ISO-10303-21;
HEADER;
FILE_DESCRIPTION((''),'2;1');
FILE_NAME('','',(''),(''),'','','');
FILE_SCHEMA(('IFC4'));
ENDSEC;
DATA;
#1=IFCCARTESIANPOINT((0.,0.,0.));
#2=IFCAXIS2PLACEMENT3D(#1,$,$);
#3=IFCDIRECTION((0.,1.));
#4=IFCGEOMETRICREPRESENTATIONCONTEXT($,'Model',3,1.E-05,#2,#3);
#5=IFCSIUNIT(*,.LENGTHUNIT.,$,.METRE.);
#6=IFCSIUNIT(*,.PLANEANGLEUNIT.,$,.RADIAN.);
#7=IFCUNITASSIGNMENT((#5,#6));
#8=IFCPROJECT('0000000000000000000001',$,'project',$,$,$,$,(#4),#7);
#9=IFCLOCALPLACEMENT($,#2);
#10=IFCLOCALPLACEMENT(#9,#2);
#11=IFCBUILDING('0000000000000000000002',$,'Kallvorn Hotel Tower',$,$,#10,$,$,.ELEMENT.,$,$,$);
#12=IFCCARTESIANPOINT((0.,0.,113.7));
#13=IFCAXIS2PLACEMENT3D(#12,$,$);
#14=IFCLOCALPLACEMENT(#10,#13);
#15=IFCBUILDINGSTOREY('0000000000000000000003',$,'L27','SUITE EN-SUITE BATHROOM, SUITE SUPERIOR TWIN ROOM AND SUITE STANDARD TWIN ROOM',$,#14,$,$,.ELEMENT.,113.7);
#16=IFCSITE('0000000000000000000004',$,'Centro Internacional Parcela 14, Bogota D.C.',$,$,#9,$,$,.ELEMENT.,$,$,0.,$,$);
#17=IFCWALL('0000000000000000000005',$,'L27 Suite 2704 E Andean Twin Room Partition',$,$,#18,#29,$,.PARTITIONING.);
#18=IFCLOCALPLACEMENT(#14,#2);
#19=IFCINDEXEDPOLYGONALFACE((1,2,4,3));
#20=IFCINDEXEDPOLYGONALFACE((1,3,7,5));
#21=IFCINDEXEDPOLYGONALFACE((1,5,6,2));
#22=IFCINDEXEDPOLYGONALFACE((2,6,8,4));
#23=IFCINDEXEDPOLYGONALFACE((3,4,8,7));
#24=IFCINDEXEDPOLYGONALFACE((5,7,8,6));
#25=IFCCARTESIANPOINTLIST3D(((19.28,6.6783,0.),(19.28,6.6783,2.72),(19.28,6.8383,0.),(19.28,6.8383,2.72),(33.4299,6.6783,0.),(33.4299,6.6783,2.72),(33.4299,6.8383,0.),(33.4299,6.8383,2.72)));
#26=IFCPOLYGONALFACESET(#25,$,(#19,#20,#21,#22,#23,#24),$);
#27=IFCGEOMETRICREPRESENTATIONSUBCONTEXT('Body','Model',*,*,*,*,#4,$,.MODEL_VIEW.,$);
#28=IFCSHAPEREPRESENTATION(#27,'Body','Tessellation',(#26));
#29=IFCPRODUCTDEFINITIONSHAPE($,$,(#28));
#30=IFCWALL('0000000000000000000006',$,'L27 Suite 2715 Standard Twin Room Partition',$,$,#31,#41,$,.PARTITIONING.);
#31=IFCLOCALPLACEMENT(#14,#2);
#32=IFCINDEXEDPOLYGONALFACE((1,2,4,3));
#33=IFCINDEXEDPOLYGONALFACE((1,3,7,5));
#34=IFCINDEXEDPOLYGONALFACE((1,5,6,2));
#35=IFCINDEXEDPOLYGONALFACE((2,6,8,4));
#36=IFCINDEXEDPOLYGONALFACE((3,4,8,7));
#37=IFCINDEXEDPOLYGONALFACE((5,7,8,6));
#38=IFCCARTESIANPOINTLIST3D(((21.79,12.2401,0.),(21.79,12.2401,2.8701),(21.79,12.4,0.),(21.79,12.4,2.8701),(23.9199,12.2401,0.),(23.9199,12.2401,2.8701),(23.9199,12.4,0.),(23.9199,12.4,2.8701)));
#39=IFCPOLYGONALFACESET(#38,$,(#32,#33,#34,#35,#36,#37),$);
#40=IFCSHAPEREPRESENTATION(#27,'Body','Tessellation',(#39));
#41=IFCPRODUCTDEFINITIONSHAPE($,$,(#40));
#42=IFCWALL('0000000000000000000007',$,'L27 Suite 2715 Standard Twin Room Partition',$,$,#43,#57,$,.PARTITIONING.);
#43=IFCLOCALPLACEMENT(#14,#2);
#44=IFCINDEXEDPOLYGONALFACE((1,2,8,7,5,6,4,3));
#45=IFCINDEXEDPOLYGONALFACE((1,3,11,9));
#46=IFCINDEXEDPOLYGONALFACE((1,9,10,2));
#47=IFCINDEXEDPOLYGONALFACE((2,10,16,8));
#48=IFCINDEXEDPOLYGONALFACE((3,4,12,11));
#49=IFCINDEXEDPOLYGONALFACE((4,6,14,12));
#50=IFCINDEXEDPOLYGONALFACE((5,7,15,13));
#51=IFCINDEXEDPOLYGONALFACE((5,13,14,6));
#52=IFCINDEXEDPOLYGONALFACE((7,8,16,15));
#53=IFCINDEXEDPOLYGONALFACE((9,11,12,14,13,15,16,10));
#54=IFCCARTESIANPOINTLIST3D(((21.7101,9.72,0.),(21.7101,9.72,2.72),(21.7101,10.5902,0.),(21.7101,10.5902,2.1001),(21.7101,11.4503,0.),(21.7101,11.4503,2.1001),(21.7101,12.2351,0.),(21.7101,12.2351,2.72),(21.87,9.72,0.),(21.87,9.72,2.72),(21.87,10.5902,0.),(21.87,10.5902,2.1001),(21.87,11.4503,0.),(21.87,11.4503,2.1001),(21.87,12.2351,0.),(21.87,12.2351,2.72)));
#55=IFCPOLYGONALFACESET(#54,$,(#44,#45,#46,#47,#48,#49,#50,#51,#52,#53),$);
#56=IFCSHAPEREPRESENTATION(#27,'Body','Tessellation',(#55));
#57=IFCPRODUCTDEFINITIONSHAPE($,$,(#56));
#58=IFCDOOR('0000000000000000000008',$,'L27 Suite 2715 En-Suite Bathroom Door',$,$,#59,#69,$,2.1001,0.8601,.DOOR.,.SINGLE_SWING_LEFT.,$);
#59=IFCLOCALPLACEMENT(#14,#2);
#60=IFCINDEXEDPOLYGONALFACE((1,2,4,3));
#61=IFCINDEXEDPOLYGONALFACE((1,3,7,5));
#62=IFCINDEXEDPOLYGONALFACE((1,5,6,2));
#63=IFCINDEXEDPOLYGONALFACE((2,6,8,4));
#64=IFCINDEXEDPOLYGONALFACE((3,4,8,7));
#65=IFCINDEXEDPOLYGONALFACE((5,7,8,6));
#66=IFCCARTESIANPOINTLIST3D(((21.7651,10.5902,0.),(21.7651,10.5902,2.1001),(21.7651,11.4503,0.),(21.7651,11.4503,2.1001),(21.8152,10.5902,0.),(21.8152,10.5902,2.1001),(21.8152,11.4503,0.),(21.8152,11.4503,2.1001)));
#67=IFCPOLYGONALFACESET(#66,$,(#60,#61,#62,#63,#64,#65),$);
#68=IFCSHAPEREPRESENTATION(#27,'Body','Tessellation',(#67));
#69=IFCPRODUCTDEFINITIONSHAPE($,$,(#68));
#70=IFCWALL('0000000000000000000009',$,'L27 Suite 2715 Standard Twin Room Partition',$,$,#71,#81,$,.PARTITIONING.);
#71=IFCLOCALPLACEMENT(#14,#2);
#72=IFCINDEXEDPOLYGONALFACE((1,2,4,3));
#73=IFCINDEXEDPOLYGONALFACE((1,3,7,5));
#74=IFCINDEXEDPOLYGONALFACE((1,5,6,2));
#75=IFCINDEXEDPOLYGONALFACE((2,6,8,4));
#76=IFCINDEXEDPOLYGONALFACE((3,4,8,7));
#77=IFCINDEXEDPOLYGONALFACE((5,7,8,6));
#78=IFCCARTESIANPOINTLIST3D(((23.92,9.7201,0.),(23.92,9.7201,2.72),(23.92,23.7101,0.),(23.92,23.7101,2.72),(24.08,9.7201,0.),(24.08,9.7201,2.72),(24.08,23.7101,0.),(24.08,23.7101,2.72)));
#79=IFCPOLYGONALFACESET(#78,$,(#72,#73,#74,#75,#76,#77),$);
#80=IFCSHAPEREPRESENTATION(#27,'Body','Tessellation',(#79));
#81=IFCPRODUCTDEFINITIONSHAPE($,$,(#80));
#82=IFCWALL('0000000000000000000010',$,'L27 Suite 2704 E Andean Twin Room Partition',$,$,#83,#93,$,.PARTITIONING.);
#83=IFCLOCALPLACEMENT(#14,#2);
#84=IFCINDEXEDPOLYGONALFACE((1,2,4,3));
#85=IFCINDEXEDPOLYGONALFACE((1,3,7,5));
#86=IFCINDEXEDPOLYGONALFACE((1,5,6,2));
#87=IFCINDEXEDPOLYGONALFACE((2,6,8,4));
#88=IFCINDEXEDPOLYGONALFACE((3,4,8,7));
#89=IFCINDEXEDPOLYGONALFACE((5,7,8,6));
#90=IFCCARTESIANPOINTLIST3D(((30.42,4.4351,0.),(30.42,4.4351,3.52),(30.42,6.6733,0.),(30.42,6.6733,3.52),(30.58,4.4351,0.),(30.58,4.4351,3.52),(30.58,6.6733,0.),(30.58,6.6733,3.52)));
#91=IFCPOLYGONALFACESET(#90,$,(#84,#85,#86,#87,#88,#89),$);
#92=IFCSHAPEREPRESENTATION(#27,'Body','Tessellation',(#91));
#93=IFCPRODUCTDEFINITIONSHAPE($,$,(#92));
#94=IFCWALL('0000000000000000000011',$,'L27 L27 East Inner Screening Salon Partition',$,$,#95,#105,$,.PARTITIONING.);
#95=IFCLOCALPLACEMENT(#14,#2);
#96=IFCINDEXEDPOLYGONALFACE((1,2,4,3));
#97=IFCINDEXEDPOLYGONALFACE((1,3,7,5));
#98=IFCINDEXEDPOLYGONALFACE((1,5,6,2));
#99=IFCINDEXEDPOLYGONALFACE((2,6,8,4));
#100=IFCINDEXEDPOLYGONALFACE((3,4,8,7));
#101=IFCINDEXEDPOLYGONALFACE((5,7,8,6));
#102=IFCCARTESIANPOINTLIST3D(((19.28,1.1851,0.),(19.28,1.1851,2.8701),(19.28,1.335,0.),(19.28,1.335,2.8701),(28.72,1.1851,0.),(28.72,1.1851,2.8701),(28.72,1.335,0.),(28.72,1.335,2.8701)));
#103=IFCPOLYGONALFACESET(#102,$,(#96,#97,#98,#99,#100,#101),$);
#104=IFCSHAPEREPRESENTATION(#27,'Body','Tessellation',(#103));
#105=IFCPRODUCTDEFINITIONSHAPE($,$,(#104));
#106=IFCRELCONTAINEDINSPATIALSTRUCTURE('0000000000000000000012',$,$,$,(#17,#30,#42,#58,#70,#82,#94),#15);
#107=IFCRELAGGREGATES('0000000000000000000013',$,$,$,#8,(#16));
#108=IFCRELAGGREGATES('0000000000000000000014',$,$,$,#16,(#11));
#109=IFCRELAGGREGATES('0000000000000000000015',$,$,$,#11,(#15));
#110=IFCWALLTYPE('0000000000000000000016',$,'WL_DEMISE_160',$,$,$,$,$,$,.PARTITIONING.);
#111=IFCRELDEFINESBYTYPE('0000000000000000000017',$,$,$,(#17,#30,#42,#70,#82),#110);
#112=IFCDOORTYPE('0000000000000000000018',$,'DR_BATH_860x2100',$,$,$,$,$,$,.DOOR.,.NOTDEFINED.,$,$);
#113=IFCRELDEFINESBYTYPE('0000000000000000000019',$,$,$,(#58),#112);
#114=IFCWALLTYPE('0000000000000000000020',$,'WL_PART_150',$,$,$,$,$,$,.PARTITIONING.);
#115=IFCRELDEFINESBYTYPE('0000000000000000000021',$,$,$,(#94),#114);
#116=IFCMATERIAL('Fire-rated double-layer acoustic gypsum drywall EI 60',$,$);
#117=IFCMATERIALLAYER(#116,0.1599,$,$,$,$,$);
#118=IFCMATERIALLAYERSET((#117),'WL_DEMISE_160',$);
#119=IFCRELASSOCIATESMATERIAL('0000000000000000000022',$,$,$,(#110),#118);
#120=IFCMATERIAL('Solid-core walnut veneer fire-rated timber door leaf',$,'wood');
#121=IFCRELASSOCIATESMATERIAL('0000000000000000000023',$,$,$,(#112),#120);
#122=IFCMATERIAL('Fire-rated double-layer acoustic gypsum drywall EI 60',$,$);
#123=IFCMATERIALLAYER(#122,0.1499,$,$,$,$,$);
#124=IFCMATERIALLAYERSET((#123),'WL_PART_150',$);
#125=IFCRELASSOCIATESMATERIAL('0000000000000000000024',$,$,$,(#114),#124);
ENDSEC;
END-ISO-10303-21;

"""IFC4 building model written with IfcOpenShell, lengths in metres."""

from ifc_helpers import new_model, si_unit, direction, frame, frame_2d, origin, place, context, subcontext, project, spatial, rectangle, extrude, material, layer, layer_set, type_object, element, fill, save


model = new_model("IFC4")

# Units and contexts
model_context = context("Model", 3, precision=1e-05, world=origin(), true_north=direction((0.0, 1.0)))
body_context = subcontext(model_context, "Body", "Model", "MODEL_VIEW")
ifc_project = project(units=[si_unit("LENGTHUNIT", "METRE"), si_unit("PLANEANGLEUNIT", "RADIAN")], contexts=[model_context])

# Site, building, storey
site_placement = place(None, origin())
site = spatial("IfcSite", under=ifc_project, at=site_placement, Name="Centro Internacional Parcela 14, Bogota D.C.", CompositionType="ELEMENT", RefElevation=0.0)
building_placement = place(site_placement, origin())
building = spatial("IfcBuilding", under=site, at=building_placement, Name="Kallvorn Hotel Tower", CompositionType="ELEMENT")
storey_placement = place(building_placement, frame((0.0, 0.0, 113.7)))
storey = spatial("IfcBuildingStorey", under=building, at=storey_placement, Name="L27", Description="SUITE EN-SUITE BATHROOM, SUITE SUPERIOR TWIN ROOM AND SUITE STANDARD TWIN ROOM", CompositionType="ELEMENT", Elevation=113.7)

# Shared definitions
ifc_material_1 = material(Name="Fire-rated double-layer acoustic gypsum drywall EI 60")
ifc_layer_1 = layer(ifc_material_1, 0.1599)
ifc_layer_set_1 = layer_set([ifc_layer_1], Name="WL_DEMISE_160")
wall_type_1 = type_object("IfcWallType", Name="WL_DEMISE_160", PredefinedType="PARTITIONING", material=ifc_layer_set_1)
ifc_material_2 = material(Name="Solid-core walnut veneer fire-rated timber door leaf", Category="wood")
door_type = type_object("IfcDoorType", Name="DR_BATH_860x2100", OperationType="NOTDEFINED", PredefinedType="DOOR", material=ifc_material_2)

# Walls
wall_1_placement = place(storey_placement, frame((19.28, 6.7583, 0.0), z_axis=(0.0, 0.0, 1.0), x_axis=(1.0, 0.0, 0.0)))
element("IfcWall", 1, at=wall_1_placement, inside=storey, type_object=wall_type_1, Name="L27 Suite 2704 E Andean Twin Room Partition", PredefinedType="PARTITIONING", context=body_context, shape_type="SweptSolid", body=[
    extrude(rectangle(XDim=14.1499, YDim=0.1599, at=frame_2d((7.075, 0.0))), origin(), (0.0, 0.0, 1.0), 2.72),
])
wall_2_placement = place(storey_placement, frame((21.79, 12.3201, 0.0), z_axis=(0.0, 0.0, 1.0), x_axis=(1.0, 0.0, 0.0)))
element("IfcWall", 2, at=wall_2_placement, inside=storey, type_object=wall_type_1, Name="L27 Suite 2715 Standard Twin Room Partition", PredefinedType="PARTITIONING", context=body_context, shape_type="SweptSolid", body=[
    extrude(rectangle(XDim=2.1299, YDim=0.1599, at=frame_2d((1.0649, 0.0))), origin(), (0.0, 0.0, 1.0), 2.8701),
])

# Wall, opening, door
wall_3_placement = place(storey_placement, frame((21.79, 9.72, 0.0), z_axis=(0.0, 0.0, 1.0), x_axis=(0.0, 1.0, 0.0)))
wall_3 = element("IfcWall", 3, at=wall_3_placement, inside=storey, type_object=wall_type_1, Name="L27 Suite 2715 Standard Twin Room Partition", PredefinedType="PARTITIONING", context=body_context, shape_type="SweptSolid", body=[
    extrude(rectangle(XDim=2.5151, YDim=0.1599, at=frame_2d((1.2576, 0.0))), origin(), (0.0, 0.0, 1.0), 2.72),
])
opening_1_placement = place(wall_3_placement, frame((0.8701, 0.0, 0.0)))
opening_1 = element("IfcOpeningElement", 4, at=opening_1_placement, cuts=wall_3, PredefinedType="OPENING", context=body_context, shape_type="SweptSolid", body=[
    extrude(rectangle(XDim=0.8601, YDim=2.1001, at=frame_2d((0.4302, 1.05))), frame((0.0, 0.095, 0.0), z_axis=(0.0, -1.0, 0.0), x_axis=(1.0, 0.0, 0.0)), (0.0, 0.0, 1.0), 0.1899),
])
door_1_placement = place(opening_1_placement, origin())
door_1 = element("IfcDoor", 5, at=door_1_placement, inside=storey, type_object=door_type, Name="L27 Suite 2715 En-Suite Bathroom Door", OperationType="SINGLE_SWING_LEFT", OverallHeight=2.1001, OverallWidth=0.8601, PredefinedType="DOOR", context=body_context, shape_type="SweptSolid", body=[
    extrude(rectangle(XDim=0.8601, YDim=2.1001, at=frame_2d((0.4302, 1.05))), frame((0.0, 0.0249, 0.0), z_axis=(0.0, -1.0, 0.0), x_axis=(1.0, 0.0, 0.0)), (0.0, 0.0, 1.0), 0.05),
])
fill(opening_1, door_1)

# Walls
wall_4_placement = place(storey_placement, frame((24.0, 9.72, 0.0), z_axis=(0.0, 0.0, 1.0), x_axis=(0.0, 1.0, 0.0)))
element("IfcWall", 6, at=wall_4_placement, inside=storey, type_object=wall_type_1, Name="L27 Suite 2715 Standard Twin Room Partition", PredefinedType="PARTITIONING", context=body_context, shape_type="SweptSolid", body=[
    extrude(rectangle(XDim=13.99, YDim=0.1599, at=frame_2d((6.9951, 0.0))), origin(), (0.0, 0.0, 1.0), 2.72),
])
wall_5_placement = place(storey_placement, frame((30.5, 4.4351, 0.0), z_axis=(0.0, 0.0, 1.0), x_axis=(0.0, 1.0, 0.0)))
element("IfcWall", 7, at=wall_5_placement, inside=storey, type_object=wall_type_1, Name="L27 Suite 2704 E Andean Twin Room Partition", PredefinedType="PARTITIONING", context=body_context, shape_type="SweptSolid", body=[
    extrude(rectangle(XDim=2.2383, YDim=0.1599, at=frame_2d((1.1191, 0.0))), origin(), (0.0, 0.0, 1.0), 3.52),
])
ifc_material_3 = material(Name="Fire-rated double-layer acoustic gypsum drywall EI 60")
ifc_layer_2 = layer(ifc_material_3, 0.1499)
ifc_layer_set_2 = layer_set([ifc_layer_2], Name="WL_PART_150")
wall_type_2 = type_object("IfcWallType", Name="WL_PART_150", PredefinedType="PARTITIONING", material=ifc_layer_set_2)
wall_6_placement = place(storey_placement, frame((19.28, 1.26, 0.0), z_axis=(0.0, 0.0, 1.0), x_axis=(1.0, 0.0, 0.0)))
element("IfcWall", 8, at=wall_6_placement, inside=storey, type_object=wall_type_2, Name="L27 L27 East Inner Screening Salon Partition", PredefinedType="PARTITIONING", context=body_context, shape_type="SweptSolid", body=[
    extrude(rectangle(XDim=9.4399, YDim=0.1499, at=frame_2d((4.72, 0.0))), origin(), (0.0, 0.0, 1.0), 2.8701),
])

save(model, "model.ifc")
